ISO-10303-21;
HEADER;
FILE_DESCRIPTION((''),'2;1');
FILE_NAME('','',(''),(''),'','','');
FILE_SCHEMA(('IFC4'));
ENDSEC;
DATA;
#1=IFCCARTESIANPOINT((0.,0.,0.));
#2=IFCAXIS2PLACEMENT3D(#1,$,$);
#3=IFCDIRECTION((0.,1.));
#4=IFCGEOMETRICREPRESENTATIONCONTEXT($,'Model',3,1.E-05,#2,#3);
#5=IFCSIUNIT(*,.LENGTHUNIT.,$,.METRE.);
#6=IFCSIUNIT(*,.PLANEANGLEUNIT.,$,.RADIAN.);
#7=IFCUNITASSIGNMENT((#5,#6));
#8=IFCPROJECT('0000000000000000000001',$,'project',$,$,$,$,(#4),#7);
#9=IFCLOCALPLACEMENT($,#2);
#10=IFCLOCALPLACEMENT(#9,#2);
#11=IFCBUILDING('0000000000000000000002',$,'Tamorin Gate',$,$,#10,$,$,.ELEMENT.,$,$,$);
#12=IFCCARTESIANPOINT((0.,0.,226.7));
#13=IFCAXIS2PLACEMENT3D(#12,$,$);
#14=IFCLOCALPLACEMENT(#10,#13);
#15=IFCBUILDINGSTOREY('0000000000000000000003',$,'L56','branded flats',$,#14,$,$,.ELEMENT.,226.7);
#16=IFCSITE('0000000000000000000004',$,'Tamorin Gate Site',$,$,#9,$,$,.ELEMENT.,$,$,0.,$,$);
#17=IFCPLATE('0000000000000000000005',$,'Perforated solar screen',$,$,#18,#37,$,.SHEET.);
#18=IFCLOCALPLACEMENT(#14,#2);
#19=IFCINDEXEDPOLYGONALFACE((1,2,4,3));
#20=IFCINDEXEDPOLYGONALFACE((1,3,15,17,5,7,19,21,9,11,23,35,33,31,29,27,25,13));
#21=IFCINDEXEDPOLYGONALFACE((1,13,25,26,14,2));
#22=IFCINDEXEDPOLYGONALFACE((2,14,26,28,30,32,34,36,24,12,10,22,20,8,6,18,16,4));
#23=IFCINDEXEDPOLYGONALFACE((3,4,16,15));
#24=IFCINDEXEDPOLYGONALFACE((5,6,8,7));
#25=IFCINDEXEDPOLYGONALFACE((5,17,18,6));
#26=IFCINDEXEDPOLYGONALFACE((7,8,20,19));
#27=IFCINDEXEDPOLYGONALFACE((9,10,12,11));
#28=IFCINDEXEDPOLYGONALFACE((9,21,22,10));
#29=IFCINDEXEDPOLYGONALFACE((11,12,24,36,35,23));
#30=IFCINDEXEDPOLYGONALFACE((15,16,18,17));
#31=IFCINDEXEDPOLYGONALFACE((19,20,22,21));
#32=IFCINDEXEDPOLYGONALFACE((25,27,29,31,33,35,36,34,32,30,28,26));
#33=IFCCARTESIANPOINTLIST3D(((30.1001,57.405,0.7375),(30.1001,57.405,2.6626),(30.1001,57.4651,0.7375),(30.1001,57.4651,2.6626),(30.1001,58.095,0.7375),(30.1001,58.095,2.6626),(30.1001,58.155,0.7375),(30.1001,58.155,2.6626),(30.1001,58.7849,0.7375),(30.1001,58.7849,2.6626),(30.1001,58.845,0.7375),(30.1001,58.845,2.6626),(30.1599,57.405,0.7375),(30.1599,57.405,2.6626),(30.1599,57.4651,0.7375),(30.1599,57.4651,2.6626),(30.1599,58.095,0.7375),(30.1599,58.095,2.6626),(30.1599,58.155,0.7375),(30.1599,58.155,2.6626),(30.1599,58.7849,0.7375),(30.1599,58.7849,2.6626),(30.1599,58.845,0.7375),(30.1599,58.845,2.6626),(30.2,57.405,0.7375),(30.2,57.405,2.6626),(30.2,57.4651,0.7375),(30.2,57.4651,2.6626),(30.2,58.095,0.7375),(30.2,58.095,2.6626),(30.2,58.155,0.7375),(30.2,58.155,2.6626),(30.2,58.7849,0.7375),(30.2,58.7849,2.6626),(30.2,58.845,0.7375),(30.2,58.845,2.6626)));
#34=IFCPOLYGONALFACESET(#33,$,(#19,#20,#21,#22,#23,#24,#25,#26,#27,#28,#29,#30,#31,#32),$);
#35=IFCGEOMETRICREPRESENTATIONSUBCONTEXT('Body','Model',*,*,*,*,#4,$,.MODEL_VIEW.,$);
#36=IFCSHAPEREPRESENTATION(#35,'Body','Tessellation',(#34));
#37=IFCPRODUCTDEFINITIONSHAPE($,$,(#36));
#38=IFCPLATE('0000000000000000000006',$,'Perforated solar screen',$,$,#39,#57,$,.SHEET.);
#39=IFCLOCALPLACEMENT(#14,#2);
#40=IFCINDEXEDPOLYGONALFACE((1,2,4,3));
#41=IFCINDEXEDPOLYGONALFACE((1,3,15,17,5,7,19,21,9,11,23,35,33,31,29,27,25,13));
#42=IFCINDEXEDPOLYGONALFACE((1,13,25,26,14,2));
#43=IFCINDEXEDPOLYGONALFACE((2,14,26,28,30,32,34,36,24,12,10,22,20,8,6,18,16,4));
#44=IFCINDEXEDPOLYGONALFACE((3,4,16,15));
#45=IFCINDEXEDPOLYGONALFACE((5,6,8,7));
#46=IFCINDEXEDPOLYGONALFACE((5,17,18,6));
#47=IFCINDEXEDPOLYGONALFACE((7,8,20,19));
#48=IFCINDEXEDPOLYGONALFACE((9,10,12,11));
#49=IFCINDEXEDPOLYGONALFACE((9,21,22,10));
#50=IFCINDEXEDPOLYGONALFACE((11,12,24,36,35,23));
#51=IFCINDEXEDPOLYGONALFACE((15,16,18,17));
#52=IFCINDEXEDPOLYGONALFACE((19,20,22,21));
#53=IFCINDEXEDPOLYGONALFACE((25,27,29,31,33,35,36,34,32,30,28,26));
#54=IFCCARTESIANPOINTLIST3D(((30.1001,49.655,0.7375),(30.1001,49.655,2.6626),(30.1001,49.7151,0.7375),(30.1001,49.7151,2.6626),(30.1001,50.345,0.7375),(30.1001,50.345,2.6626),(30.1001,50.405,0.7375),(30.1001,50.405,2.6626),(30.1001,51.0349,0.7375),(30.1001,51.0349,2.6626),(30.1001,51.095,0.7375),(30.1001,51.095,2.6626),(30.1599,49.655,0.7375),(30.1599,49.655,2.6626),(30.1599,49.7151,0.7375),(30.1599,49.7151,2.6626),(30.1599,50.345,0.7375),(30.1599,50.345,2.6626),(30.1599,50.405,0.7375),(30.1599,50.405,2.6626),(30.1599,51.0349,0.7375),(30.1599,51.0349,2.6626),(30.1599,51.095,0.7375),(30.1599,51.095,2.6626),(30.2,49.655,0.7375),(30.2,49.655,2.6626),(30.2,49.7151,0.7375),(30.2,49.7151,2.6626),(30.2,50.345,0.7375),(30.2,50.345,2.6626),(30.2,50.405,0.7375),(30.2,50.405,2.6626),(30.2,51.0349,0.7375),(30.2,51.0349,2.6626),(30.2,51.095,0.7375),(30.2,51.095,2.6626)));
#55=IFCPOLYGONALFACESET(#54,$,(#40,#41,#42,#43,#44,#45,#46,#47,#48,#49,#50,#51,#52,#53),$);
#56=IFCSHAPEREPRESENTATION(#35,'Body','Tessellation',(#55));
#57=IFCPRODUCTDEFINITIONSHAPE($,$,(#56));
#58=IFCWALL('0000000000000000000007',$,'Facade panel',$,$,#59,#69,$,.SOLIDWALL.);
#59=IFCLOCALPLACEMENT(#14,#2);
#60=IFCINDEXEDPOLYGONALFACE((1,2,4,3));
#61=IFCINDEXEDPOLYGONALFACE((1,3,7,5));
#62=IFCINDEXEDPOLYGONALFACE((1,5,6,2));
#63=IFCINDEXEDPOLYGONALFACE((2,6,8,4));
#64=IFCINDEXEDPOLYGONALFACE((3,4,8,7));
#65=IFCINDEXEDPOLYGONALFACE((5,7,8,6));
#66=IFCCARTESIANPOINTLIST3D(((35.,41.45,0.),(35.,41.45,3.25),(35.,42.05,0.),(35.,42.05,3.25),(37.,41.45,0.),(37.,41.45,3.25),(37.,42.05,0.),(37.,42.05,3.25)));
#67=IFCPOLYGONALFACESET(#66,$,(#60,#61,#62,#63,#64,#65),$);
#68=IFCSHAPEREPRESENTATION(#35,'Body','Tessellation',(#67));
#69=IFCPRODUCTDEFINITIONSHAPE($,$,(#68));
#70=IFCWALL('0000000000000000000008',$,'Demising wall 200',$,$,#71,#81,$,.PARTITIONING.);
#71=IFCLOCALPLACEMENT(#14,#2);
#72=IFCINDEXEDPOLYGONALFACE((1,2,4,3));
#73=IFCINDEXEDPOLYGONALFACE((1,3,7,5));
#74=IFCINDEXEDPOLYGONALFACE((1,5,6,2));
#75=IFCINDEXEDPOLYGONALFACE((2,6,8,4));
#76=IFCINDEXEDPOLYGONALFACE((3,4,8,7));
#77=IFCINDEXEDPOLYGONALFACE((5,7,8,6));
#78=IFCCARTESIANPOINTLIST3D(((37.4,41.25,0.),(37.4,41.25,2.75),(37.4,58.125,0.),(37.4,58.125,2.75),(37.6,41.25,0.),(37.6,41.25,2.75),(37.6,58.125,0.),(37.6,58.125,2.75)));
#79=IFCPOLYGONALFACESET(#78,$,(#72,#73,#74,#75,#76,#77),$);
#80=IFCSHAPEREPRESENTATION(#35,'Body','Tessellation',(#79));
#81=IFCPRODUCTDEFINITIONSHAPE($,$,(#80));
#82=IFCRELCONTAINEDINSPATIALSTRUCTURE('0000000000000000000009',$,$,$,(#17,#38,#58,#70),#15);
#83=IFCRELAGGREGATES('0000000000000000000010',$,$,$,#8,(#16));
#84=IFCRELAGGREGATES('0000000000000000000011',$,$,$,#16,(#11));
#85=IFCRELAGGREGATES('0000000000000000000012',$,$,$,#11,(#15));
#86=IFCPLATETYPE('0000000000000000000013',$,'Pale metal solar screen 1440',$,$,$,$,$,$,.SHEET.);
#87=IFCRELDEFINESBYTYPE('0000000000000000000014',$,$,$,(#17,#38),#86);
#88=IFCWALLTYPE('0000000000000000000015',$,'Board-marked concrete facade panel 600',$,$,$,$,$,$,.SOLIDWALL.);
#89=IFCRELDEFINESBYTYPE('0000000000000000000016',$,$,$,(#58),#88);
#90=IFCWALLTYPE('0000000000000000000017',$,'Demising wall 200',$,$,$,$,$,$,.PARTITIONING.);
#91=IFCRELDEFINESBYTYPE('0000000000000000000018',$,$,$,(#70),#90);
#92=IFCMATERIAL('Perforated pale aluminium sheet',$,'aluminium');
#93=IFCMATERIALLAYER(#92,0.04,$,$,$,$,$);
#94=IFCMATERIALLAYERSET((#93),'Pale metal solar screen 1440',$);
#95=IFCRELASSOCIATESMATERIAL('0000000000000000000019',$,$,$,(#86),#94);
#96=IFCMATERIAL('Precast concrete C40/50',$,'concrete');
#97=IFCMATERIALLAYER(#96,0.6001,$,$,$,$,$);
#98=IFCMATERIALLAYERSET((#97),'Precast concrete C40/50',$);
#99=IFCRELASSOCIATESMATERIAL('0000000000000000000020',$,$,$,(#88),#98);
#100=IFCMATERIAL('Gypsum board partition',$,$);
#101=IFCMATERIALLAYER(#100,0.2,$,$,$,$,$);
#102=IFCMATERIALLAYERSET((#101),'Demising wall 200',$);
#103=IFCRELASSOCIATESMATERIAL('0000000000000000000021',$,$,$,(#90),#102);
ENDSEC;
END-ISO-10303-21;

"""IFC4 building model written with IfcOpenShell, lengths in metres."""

from ifc_helpers import new_model, si_unit, direction, frame, frame_2d, origin, place, context, subcontext, project, spatial, polyline, rectangle, outline, extrude, material, layer, layer_set, type_object, element, save


model = new_model("IFC4")

# Units and contexts
model_context = context("Model", 3, precision=1e-05, world=origin(), true_north=direction((0.0, 1.0)))
body_context = subcontext(model_context, "Body", "Model", "MODEL_VIEW")
ifc_project = project(units=[si_unit("LENGTHUNIT", "METRE"), si_unit("PLANEANGLEUNIT", "RADIAN")], contexts=[model_context])

# Site, building, storey
site_placement = place(None, origin())
site = spatial("IfcSite", under=ifc_project, at=site_placement, Name="Tamorin Gate Site", CompositionType="ELEMENT", RefElevation=0.0)
building_placement = place(site_placement, origin())
building = spatial("IfcBuilding", under=site, at=building_placement, Name="Tamorin Gate", CompositionType="ELEMENT")
storey_placement = place(building_placement, frame((0.0, 0.0, 226.7)))
storey = spatial("IfcBuildingStorey", under=building, at=storey_placement, Name="L56", Description="branded flats", CompositionType="ELEMENT", Elevation=226.7)

# Plates
ifc_material_1 = material(Name="Perforated pale aluminium sheet", Category="aluminium")
ifc_layer_1 = layer(ifc_material_1, 0.04)
ifc_layer_set_1 = layer_set([ifc_layer_1], Name="Pale metal solar screen 1440")
plate_type = type_object("IfcPlateType", Name="Pale metal solar screen 1440", PredefinedType="SHEET", material=ifc_layer_set_1)
plate_1_placement = place(storey_placement, frame((0.0, 0.0, 0.7375)))
element("IfcPlate", 1, at=plate_1_placement, inside=storey, type_object=plate_type, Name="Perforated solar screen", PredefinedType="SHEET", context=body_context, shape_type="SweptSolid", body=[
    extrude(outline(polyline([(30.1599, 58.845), (30.2, 58.845), (30.2, 58.7849), (30.2, 58.155), (30.2, 58.095), (30.2, 57.4651), (30.2, 57.405), (30.1599, 57.405), (30.1001, 57.405), (30.1001, 57.4651), (30.1599, 57.4651), (30.1599, 58.095), (30.1001, 58.095), (30.1001, 58.155), (30.1599, 58.155), (30.1599, 58.7849), (30.1001, 58.7849), (30.1001, 58.845), (30.1599, 58.845)])), origin(), (0.0, 0.0, 1.0), 1.925),
])
plate_2_placement = place(storey_placement, frame((0.0, 0.0, 0.7375)))
element("IfcPlate", 2, at=plate_2_placement, inside=storey, type_object=plate_type, Name="Perforated solar screen", PredefinedType="SHEET", context=body_context, shape_type="SweptSolid", body=[
    extrude(outline(polyline([(30.1599, 51.095), (30.2, 51.095), (30.2, 51.0349), (30.2, 50.405), (30.2, 50.345), (30.2, 49.7151), (30.2, 49.655), (30.1599, 49.655), (30.1001, 49.655), (30.1001, 49.7151), (30.1599, 49.7151), (30.1599, 50.345), (30.1001, 50.345), (30.1001, 50.405), (30.1599, 50.405), (30.1599, 51.0349), (30.1001, 51.0349), (30.1001, 51.095), (30.1599, 51.095)])), origin(), (0.0, 0.0, 1.0), 1.925),
])

# Walls
ifc_material_2 = material(Name="Precast concrete C40/50", Category="concrete")
ifc_layer_2 = layer(ifc_material_2, 0.6001)
ifc_layer_set_2 = layer_set([ifc_layer_2], Name="Precast concrete C40/50")
wall_type_1 = type_object("IfcWallType", Name="Board-marked concrete facade panel 600", PredefinedType="SOLIDWALL", material=ifc_layer_set_2)
wall_1_placement = place(storey_placement, frame((35.0, 41.75, 0.0), z_axis=(0.0, 0.0, 1.0), x_axis=(1.0, 0.0, 0.0)))
element("IfcWall", 3, at=wall_1_placement, inside=storey, type_object=wall_type_1, Name="Facade panel", PredefinedType="SOLIDWALL", context=body_context, shape_type="SweptSolid", body=[
    extrude(rectangle(XDim=2.0, YDim=0.6001, at=frame_2d((1.0, 0.0))), origin(), (0.0, 0.0, 1.0), 3.25),
])
ifc_material_3 = material(Name="Gypsum board partition")
ifc_layer_3 = layer(ifc_material_3, 0.2)
ifc_layer_set_3 = layer_set([ifc_layer_3], Name="Demising wall 200")
wall_type_2 = type_object("IfcWallType", Name="Demising wall 200", PredefinedType="PARTITIONING", material=ifc_layer_set_3)
wall_2_placement = place(storey_placement, frame((37.5, 41.25, 0.0), z_axis=(0.0, 0.0, 1.0), x_axis=(0.0, 1.0, 0.0)))
element("IfcWall", 4, at=wall_2_placement, inside=storey, type_object=wall_type_2, Name="Demising wall 200", PredefinedType="PARTITIONING", context=body_context, shape_type="SweptSolid", body=[
    extrude(rectangle(XDim=16.875, YDim=0.2, at=frame_2d((8.4375, 0.0))), origin(), (0.0, 0.0, 1.0), 2.75),
])

save(model, "model.ifc")
